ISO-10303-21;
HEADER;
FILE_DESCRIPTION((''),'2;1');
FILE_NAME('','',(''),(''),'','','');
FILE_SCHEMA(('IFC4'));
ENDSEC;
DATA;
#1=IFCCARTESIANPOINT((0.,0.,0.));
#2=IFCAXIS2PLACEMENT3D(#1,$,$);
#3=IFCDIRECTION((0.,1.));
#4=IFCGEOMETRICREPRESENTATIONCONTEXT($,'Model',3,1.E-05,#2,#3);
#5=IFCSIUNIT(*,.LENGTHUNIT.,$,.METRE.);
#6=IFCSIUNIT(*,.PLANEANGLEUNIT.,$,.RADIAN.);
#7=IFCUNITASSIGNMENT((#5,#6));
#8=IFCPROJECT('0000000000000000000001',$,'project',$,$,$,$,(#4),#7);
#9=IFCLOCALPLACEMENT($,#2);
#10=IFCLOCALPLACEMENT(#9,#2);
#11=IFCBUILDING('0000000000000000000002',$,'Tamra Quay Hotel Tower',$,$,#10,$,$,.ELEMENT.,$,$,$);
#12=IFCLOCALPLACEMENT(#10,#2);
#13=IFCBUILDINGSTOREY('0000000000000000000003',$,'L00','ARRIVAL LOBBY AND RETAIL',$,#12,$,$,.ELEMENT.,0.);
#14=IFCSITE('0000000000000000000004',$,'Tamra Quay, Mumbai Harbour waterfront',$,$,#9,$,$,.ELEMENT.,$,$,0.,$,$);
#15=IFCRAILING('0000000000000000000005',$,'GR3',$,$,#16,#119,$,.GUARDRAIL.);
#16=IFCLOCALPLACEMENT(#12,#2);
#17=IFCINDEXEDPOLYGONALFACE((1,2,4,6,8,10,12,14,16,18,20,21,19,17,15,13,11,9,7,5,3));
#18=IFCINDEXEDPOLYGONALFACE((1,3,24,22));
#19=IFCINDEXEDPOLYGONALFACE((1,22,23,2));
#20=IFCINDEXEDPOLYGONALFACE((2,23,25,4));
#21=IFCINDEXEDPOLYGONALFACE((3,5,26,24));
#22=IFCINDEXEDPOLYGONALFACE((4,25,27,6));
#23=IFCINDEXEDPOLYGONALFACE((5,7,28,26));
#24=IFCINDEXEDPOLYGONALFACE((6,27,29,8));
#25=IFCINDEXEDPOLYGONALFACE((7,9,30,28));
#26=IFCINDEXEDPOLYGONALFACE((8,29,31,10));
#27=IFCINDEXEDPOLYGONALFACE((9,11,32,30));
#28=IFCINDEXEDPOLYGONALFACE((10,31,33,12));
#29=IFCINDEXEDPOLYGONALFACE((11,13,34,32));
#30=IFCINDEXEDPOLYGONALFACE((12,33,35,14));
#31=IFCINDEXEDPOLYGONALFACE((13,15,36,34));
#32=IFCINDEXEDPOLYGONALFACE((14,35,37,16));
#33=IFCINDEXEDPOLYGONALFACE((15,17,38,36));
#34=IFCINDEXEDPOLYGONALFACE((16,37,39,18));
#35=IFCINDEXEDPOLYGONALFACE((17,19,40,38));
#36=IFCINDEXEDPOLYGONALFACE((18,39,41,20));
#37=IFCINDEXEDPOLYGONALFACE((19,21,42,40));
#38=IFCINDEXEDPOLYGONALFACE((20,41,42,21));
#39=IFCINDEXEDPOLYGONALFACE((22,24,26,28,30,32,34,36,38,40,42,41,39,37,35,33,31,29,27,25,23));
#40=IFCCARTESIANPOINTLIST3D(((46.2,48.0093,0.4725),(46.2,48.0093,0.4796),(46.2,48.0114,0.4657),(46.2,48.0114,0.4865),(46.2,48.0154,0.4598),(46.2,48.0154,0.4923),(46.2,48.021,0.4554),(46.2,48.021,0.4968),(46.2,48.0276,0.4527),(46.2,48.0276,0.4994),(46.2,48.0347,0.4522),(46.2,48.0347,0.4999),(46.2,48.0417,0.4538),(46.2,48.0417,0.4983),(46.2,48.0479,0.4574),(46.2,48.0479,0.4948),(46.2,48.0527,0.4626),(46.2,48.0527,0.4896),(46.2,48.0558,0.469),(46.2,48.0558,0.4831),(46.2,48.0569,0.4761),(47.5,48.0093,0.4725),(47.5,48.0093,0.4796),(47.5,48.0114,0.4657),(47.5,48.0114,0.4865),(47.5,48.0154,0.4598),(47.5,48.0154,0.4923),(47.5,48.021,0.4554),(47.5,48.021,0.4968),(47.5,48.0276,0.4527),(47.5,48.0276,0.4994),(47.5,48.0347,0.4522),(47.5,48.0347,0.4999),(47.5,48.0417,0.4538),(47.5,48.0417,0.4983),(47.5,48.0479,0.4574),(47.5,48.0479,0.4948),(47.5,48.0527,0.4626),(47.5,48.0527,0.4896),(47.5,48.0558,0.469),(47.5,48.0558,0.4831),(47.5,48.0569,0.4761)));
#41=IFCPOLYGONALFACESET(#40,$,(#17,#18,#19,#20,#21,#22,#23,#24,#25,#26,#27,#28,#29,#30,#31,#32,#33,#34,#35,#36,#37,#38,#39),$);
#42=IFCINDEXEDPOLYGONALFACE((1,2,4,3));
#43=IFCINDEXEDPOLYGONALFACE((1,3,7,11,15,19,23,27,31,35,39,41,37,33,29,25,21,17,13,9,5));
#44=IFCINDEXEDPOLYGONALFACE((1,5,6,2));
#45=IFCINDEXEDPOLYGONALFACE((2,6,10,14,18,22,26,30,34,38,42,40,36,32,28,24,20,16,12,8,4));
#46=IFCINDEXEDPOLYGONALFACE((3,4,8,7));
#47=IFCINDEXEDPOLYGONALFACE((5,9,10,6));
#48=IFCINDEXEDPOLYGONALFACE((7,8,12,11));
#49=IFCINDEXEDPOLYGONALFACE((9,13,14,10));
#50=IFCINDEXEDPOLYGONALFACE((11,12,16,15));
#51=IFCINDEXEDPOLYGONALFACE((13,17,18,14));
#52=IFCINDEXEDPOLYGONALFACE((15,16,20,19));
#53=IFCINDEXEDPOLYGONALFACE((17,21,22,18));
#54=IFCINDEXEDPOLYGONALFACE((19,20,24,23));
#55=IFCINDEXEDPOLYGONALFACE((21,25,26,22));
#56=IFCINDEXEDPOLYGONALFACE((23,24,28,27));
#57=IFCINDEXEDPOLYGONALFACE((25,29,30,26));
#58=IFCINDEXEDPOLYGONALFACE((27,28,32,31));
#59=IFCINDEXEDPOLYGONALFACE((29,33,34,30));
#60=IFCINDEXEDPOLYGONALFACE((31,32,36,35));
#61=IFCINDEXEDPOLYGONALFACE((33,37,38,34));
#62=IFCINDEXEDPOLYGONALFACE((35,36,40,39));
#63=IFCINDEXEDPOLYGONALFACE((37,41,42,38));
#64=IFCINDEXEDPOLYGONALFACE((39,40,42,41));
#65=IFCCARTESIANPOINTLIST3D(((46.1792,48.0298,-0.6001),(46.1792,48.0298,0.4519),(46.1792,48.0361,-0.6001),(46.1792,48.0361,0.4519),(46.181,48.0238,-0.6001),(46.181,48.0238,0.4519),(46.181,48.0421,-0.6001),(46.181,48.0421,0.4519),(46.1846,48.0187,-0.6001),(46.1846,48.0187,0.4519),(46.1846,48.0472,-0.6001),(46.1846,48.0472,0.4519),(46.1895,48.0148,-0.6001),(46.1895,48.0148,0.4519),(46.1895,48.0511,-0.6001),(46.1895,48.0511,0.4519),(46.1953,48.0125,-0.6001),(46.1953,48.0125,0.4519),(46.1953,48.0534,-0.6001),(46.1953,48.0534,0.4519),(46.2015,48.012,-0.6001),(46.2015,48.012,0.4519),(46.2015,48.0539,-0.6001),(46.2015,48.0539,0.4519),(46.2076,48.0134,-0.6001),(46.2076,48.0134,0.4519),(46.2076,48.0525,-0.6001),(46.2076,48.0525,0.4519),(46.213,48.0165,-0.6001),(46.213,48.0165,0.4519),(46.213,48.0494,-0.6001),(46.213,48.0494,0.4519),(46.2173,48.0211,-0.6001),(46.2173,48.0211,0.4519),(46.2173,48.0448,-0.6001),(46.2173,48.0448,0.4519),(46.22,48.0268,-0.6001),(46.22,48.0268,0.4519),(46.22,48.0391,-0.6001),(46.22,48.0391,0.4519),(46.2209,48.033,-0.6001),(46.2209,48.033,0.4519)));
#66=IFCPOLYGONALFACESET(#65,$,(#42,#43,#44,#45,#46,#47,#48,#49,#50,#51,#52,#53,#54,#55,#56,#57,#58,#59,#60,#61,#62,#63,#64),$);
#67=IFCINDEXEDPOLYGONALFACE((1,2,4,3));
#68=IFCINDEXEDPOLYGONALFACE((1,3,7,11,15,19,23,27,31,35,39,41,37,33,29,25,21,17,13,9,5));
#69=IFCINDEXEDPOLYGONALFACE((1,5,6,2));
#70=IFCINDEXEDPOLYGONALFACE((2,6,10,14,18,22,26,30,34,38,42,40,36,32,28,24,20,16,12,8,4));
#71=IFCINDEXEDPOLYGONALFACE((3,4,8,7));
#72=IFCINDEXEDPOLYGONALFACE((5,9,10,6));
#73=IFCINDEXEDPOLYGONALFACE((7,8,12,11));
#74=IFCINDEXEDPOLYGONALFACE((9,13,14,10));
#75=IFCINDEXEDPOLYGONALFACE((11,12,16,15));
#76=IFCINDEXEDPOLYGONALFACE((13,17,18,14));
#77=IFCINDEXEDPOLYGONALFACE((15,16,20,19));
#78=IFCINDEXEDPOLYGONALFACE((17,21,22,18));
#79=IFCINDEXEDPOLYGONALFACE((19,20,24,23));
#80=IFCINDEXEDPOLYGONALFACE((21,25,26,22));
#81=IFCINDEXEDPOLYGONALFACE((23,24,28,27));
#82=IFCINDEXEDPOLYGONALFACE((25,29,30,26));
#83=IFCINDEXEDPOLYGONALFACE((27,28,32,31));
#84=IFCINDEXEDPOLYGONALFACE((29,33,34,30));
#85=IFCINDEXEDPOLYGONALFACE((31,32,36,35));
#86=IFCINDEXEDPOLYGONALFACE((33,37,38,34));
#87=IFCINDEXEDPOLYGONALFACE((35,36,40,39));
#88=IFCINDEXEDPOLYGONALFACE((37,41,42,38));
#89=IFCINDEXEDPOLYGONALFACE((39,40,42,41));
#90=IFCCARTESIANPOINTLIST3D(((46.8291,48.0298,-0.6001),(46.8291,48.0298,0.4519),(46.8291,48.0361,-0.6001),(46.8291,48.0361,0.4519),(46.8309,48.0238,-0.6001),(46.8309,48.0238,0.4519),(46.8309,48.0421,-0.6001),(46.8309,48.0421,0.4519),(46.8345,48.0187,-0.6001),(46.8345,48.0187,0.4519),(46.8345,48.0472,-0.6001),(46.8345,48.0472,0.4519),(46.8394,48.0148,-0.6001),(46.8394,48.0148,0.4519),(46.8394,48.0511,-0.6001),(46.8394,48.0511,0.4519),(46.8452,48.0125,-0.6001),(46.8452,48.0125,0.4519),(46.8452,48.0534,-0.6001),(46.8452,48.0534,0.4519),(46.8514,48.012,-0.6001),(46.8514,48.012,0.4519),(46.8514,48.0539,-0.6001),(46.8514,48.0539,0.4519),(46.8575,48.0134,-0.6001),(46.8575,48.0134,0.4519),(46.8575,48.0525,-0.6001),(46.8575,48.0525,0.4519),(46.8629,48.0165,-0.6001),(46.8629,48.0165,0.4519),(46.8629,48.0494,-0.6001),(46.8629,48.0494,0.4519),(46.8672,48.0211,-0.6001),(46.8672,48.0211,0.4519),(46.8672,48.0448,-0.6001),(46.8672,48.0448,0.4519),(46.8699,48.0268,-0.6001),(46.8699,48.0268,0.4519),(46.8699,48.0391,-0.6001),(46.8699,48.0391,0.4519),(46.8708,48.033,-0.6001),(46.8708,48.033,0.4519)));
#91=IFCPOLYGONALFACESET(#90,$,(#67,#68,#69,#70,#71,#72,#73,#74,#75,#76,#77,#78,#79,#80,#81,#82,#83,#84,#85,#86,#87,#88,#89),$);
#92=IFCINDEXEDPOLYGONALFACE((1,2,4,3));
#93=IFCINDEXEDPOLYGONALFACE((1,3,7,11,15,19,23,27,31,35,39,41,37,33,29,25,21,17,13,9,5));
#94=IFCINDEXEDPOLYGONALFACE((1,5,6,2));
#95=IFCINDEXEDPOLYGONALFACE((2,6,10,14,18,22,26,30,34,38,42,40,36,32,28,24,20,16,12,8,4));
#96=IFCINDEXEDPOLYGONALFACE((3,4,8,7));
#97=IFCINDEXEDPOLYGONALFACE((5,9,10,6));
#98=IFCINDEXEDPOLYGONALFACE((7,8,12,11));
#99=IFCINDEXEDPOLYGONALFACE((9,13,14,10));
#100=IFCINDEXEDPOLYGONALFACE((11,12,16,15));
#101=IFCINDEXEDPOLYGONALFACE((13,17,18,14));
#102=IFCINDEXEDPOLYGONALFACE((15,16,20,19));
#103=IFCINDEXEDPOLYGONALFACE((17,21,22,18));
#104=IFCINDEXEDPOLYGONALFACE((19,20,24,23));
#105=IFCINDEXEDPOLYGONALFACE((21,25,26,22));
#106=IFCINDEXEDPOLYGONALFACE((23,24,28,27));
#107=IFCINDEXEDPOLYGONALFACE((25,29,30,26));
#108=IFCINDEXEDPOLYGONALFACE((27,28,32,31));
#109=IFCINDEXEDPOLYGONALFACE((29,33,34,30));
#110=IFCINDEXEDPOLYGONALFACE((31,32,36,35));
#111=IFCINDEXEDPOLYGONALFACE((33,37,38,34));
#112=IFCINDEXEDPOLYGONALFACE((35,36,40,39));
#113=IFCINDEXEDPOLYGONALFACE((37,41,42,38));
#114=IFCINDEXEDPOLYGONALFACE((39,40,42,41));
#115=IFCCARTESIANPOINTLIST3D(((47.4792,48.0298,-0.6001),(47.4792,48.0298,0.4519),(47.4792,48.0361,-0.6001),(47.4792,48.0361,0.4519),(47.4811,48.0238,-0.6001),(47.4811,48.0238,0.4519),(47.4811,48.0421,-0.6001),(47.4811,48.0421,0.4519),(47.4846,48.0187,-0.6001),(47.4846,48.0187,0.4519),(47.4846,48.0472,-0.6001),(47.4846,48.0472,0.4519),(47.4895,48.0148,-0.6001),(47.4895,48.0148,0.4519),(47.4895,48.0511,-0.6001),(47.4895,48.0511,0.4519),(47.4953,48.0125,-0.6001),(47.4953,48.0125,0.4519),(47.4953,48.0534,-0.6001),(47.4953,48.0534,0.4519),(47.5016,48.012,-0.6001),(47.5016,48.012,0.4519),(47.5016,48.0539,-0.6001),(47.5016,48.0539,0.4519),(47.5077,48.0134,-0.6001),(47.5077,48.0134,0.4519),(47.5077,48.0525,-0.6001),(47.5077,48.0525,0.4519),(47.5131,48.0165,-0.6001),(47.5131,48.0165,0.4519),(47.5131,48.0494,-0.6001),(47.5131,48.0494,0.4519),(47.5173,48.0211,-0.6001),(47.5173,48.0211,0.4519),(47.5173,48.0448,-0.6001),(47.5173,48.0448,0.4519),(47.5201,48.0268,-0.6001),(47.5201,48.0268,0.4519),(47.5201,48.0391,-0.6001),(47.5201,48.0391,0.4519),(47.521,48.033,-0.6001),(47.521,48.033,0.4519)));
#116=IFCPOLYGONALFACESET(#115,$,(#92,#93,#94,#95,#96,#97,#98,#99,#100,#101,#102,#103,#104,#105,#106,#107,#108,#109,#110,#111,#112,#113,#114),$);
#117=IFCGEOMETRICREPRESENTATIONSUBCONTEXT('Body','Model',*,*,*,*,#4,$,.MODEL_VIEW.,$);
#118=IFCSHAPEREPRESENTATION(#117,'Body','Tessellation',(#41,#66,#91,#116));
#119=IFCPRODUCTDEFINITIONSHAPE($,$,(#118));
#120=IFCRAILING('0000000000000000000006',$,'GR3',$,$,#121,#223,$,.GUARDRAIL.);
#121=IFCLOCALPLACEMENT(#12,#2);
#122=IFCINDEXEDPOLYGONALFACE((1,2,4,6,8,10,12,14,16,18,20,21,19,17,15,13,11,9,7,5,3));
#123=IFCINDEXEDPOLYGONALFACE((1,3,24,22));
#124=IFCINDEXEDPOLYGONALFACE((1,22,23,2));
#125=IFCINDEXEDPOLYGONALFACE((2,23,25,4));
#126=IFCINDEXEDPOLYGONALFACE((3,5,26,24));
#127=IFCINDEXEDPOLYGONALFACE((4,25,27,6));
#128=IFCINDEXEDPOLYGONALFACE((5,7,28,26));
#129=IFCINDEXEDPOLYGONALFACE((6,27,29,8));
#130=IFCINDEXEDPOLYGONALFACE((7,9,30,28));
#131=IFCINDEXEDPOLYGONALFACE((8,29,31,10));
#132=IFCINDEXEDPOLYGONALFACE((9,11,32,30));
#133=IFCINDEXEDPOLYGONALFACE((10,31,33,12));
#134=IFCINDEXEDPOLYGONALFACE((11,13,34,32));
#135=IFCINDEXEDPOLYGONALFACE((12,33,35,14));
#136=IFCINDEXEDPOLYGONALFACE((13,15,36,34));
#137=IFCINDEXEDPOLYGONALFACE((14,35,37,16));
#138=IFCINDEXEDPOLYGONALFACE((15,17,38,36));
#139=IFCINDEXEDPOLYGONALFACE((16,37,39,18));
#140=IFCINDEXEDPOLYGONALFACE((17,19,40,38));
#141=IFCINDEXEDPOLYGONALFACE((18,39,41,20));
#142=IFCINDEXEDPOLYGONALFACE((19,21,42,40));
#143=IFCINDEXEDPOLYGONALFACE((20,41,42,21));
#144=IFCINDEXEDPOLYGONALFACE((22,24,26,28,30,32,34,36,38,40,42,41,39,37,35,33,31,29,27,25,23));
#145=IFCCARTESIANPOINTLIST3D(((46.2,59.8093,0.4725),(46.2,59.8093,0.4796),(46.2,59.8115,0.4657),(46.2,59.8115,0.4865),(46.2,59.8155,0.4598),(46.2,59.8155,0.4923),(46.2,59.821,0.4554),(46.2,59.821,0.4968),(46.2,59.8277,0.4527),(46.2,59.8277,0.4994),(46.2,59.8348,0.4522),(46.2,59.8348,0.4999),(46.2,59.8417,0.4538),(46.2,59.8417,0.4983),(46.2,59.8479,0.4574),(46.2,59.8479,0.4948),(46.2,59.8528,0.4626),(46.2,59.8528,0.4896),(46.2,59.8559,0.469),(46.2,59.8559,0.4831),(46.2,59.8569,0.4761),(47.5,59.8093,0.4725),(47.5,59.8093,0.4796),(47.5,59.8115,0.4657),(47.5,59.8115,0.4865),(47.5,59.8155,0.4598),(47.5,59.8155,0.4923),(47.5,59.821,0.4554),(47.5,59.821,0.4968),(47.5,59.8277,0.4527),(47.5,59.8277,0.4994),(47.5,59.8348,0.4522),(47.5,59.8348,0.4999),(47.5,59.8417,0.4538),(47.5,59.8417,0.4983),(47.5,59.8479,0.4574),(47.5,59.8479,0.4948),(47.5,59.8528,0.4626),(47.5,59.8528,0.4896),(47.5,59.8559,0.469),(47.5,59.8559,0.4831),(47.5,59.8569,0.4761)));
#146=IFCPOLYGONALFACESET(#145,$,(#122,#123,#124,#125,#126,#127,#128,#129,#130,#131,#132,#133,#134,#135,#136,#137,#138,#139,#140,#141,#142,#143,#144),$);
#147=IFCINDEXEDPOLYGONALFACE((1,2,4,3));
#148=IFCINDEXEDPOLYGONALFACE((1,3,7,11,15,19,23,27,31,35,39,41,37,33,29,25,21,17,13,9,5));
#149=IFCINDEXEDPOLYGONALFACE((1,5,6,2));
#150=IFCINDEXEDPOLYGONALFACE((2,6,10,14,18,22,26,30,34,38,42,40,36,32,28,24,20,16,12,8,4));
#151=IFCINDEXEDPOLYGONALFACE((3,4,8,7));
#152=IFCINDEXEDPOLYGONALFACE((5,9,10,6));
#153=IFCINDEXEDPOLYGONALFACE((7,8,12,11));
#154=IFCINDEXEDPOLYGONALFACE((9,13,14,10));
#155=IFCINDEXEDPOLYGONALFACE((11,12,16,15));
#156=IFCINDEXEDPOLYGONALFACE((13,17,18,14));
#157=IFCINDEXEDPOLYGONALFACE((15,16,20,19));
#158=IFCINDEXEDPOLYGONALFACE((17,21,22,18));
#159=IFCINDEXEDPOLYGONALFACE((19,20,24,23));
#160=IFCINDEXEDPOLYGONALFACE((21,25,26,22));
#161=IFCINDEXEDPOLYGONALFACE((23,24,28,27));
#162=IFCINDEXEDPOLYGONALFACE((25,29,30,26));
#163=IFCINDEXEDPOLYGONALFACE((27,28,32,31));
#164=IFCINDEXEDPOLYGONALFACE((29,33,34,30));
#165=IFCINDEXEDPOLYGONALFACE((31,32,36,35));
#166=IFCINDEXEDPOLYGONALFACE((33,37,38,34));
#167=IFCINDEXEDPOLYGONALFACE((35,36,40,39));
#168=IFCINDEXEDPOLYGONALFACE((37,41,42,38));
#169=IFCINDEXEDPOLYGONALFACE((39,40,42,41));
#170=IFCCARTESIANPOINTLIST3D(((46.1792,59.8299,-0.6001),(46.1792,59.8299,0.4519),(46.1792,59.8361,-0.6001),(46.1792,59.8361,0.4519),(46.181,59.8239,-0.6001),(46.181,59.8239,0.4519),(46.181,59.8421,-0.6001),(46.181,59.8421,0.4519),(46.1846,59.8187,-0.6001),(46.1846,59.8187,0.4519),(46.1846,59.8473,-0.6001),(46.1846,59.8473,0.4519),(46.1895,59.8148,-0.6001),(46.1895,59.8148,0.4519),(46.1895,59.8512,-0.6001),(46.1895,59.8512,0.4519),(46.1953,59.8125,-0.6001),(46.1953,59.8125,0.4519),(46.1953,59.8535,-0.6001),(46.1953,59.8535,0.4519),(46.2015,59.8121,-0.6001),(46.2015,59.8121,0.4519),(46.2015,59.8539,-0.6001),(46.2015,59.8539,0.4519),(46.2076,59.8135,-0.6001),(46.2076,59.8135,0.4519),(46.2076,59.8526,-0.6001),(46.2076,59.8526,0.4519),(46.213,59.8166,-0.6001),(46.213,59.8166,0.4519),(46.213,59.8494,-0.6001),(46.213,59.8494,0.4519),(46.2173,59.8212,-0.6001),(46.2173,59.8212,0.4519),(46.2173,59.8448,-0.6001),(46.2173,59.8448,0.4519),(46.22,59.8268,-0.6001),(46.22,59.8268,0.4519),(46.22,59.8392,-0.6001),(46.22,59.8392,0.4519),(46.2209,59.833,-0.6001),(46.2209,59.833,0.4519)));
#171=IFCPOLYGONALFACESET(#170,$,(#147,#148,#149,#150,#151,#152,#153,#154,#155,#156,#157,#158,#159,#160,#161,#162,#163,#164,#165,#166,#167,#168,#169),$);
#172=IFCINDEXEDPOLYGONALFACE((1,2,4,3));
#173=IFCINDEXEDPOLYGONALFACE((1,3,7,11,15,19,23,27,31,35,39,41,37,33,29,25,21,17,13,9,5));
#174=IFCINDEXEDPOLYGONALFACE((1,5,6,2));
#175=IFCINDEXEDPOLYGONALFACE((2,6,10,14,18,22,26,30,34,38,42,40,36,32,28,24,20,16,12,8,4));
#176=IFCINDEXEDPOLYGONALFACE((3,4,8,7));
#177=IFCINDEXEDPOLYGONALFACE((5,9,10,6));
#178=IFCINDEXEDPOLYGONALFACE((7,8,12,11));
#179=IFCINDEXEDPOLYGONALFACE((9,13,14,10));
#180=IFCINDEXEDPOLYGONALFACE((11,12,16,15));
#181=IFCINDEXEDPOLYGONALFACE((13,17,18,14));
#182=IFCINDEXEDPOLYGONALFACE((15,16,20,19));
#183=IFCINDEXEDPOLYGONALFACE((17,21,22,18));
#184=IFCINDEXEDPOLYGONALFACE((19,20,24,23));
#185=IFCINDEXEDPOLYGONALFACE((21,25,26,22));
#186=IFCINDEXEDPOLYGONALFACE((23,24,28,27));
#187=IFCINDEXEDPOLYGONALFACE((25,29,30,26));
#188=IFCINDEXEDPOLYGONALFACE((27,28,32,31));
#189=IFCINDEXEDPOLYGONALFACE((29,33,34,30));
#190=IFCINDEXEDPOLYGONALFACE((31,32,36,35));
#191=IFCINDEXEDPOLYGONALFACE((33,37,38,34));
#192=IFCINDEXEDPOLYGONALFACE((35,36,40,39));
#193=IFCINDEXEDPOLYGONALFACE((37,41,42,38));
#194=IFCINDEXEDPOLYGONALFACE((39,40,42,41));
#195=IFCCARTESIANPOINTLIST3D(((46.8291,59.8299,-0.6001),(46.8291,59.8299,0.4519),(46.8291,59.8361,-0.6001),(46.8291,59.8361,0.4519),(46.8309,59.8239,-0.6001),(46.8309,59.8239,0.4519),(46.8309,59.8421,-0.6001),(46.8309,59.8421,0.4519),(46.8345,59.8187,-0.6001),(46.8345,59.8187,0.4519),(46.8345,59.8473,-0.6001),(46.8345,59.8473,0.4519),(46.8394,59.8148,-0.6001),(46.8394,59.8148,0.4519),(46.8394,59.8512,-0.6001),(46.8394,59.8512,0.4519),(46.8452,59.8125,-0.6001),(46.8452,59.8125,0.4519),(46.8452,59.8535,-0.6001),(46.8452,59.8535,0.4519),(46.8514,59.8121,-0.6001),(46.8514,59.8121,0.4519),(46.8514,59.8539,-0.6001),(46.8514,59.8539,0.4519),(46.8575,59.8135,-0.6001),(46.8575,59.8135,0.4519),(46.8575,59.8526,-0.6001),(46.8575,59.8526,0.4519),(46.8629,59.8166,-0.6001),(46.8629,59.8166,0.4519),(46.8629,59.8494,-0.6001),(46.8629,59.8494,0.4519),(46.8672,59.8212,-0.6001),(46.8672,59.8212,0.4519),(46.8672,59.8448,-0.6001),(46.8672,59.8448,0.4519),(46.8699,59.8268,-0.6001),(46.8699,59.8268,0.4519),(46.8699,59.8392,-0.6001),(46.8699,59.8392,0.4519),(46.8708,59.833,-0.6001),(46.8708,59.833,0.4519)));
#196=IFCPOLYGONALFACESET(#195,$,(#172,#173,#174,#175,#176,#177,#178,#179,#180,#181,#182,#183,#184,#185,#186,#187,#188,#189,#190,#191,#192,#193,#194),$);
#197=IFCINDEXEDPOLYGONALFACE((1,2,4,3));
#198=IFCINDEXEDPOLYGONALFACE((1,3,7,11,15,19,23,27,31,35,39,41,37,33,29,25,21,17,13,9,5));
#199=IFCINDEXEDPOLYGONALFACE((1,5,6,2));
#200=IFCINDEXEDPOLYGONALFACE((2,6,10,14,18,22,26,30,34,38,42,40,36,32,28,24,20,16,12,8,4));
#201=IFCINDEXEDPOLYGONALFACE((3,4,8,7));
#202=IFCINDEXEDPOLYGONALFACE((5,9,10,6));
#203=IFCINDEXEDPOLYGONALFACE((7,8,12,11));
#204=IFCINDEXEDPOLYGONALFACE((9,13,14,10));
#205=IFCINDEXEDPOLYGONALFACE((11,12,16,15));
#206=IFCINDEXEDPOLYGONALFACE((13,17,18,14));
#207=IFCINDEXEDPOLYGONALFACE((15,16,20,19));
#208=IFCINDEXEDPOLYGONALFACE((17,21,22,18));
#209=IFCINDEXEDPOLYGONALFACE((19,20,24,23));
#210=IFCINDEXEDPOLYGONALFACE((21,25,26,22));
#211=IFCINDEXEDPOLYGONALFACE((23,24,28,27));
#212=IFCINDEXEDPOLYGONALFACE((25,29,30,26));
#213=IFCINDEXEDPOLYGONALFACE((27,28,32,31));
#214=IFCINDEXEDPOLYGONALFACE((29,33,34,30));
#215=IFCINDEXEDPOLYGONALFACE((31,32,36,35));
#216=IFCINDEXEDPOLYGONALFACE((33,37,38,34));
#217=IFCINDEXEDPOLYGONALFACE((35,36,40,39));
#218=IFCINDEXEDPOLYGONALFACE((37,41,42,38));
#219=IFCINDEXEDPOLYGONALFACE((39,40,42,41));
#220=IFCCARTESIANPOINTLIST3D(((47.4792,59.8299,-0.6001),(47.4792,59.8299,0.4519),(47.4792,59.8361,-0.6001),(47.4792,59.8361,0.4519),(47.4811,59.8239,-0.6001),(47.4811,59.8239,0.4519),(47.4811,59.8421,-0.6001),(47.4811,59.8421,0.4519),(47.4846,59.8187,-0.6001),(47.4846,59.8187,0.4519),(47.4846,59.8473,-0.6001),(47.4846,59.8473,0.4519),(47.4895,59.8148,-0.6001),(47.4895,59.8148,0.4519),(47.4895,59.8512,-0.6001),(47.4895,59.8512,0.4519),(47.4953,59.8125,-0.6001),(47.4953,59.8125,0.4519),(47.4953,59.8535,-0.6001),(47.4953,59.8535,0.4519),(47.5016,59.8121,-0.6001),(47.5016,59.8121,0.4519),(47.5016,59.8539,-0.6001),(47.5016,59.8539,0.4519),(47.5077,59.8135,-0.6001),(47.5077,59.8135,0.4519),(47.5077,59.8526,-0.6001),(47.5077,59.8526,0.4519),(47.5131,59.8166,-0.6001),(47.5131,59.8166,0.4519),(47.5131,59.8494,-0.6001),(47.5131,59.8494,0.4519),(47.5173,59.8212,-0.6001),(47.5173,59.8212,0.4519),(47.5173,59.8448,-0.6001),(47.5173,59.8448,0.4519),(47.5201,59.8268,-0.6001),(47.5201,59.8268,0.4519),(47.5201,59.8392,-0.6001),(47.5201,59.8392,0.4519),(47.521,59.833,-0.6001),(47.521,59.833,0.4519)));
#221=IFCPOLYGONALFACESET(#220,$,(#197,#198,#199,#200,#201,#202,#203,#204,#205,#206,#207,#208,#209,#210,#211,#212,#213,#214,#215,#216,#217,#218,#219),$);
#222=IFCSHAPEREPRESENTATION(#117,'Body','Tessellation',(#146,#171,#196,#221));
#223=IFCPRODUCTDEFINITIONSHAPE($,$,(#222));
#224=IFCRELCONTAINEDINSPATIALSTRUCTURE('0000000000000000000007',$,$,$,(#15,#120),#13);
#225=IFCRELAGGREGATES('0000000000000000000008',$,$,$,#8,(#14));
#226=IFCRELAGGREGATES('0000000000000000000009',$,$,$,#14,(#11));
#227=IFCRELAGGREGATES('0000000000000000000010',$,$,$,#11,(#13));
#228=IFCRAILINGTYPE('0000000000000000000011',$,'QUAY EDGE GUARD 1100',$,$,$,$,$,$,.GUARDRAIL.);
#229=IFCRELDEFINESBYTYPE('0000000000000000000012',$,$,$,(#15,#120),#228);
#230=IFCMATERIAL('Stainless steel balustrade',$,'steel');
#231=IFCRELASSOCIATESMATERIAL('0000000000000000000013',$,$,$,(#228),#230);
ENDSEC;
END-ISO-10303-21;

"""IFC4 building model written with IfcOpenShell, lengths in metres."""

from ifc_helpers import new_model, si_unit, direction, frame, origin, origin_2d, place, context, subcontext, project, spatial, circle, extrude, material, type_object, element, save


model = new_model("IFC4")

# Units and contexts
model_context = context("Model", 3, precision=1e-05, world=origin(), true_north=direction((0.0, 1.0)))
body_context = subcontext(model_context, "Body", "Model", "MODEL_VIEW")
ifc_project = project(units=[si_unit("LENGTHUNIT", "METRE"), si_unit("PLANEANGLEUNIT", "RADIAN")], contexts=[model_context])

# Site, building, storey
site_placement = place(None, origin())
site = spatial("IfcSite", under=ifc_project, at=site_placement, Name="Tamra Quay, Mumbai Harbour waterfront", CompositionType="ELEMENT", RefElevation=0.0)
building_placement = place(site_placement, origin())
building = spatial("IfcBuilding", under=site, at=building_placement, Name="Tamra Quay Hotel Tower", CompositionType="ELEMENT")
storey_placement = place(building_placement, origin())
storey = spatial("IfcBuildingStorey", under=building, at=storey_placement, Name="L00", Description="ARRIVAL LOBBY AND RETAIL", CompositionType="ELEMENT", Elevation=0.0)

# Railings
ifc_material_1 = material(Name="Stainless steel balustrade", Category="steel")
railing_type = type_object("IfcRailingType", Name="QUAY EDGE GUARD 1100", PredefinedType="GUARDRAIL", material=ifc_material_1)
for number, where, name in (
    (1, (46.2, 48.033, -0.6001), "GR3"),
    (2, (46.2, 59.833, -0.6001), "GR3"),
):
    element("IfcRailing", number, at=place(storey_placement, frame(where)), inside=storey, type_object=railing_type, Name=name, PredefinedType="GUARDRAIL", context=body_context, shape_type="SweptSolid", body=[
        extrude(circle(Radius=0.0239, at=origin_2d()), frame((0.0, 0.0, 1.0762), z_axis=(1.0, 0.0, 0.0), x_axis=(0.0, 1.0, 0.0)), (0.0, 0.0, 1.0), 1.3),
        extrude(circle(Radius=0.021, at=origin_2d()), origin(), (0.0, 0.0, 1.0), 1.052),
        extrude(circle(Radius=0.021, at=origin_2d()), frame((0.6499, 0.0, 0.0)), (0.0, 0.0, 1.0), 1.052),
        extrude(circle(Radius=0.021, at=origin_2d()), frame((1.3, 0.0, 0.0)), (0.0, 0.0, 1.0), 1.052),
    ])

save(model, "model.ifc")
